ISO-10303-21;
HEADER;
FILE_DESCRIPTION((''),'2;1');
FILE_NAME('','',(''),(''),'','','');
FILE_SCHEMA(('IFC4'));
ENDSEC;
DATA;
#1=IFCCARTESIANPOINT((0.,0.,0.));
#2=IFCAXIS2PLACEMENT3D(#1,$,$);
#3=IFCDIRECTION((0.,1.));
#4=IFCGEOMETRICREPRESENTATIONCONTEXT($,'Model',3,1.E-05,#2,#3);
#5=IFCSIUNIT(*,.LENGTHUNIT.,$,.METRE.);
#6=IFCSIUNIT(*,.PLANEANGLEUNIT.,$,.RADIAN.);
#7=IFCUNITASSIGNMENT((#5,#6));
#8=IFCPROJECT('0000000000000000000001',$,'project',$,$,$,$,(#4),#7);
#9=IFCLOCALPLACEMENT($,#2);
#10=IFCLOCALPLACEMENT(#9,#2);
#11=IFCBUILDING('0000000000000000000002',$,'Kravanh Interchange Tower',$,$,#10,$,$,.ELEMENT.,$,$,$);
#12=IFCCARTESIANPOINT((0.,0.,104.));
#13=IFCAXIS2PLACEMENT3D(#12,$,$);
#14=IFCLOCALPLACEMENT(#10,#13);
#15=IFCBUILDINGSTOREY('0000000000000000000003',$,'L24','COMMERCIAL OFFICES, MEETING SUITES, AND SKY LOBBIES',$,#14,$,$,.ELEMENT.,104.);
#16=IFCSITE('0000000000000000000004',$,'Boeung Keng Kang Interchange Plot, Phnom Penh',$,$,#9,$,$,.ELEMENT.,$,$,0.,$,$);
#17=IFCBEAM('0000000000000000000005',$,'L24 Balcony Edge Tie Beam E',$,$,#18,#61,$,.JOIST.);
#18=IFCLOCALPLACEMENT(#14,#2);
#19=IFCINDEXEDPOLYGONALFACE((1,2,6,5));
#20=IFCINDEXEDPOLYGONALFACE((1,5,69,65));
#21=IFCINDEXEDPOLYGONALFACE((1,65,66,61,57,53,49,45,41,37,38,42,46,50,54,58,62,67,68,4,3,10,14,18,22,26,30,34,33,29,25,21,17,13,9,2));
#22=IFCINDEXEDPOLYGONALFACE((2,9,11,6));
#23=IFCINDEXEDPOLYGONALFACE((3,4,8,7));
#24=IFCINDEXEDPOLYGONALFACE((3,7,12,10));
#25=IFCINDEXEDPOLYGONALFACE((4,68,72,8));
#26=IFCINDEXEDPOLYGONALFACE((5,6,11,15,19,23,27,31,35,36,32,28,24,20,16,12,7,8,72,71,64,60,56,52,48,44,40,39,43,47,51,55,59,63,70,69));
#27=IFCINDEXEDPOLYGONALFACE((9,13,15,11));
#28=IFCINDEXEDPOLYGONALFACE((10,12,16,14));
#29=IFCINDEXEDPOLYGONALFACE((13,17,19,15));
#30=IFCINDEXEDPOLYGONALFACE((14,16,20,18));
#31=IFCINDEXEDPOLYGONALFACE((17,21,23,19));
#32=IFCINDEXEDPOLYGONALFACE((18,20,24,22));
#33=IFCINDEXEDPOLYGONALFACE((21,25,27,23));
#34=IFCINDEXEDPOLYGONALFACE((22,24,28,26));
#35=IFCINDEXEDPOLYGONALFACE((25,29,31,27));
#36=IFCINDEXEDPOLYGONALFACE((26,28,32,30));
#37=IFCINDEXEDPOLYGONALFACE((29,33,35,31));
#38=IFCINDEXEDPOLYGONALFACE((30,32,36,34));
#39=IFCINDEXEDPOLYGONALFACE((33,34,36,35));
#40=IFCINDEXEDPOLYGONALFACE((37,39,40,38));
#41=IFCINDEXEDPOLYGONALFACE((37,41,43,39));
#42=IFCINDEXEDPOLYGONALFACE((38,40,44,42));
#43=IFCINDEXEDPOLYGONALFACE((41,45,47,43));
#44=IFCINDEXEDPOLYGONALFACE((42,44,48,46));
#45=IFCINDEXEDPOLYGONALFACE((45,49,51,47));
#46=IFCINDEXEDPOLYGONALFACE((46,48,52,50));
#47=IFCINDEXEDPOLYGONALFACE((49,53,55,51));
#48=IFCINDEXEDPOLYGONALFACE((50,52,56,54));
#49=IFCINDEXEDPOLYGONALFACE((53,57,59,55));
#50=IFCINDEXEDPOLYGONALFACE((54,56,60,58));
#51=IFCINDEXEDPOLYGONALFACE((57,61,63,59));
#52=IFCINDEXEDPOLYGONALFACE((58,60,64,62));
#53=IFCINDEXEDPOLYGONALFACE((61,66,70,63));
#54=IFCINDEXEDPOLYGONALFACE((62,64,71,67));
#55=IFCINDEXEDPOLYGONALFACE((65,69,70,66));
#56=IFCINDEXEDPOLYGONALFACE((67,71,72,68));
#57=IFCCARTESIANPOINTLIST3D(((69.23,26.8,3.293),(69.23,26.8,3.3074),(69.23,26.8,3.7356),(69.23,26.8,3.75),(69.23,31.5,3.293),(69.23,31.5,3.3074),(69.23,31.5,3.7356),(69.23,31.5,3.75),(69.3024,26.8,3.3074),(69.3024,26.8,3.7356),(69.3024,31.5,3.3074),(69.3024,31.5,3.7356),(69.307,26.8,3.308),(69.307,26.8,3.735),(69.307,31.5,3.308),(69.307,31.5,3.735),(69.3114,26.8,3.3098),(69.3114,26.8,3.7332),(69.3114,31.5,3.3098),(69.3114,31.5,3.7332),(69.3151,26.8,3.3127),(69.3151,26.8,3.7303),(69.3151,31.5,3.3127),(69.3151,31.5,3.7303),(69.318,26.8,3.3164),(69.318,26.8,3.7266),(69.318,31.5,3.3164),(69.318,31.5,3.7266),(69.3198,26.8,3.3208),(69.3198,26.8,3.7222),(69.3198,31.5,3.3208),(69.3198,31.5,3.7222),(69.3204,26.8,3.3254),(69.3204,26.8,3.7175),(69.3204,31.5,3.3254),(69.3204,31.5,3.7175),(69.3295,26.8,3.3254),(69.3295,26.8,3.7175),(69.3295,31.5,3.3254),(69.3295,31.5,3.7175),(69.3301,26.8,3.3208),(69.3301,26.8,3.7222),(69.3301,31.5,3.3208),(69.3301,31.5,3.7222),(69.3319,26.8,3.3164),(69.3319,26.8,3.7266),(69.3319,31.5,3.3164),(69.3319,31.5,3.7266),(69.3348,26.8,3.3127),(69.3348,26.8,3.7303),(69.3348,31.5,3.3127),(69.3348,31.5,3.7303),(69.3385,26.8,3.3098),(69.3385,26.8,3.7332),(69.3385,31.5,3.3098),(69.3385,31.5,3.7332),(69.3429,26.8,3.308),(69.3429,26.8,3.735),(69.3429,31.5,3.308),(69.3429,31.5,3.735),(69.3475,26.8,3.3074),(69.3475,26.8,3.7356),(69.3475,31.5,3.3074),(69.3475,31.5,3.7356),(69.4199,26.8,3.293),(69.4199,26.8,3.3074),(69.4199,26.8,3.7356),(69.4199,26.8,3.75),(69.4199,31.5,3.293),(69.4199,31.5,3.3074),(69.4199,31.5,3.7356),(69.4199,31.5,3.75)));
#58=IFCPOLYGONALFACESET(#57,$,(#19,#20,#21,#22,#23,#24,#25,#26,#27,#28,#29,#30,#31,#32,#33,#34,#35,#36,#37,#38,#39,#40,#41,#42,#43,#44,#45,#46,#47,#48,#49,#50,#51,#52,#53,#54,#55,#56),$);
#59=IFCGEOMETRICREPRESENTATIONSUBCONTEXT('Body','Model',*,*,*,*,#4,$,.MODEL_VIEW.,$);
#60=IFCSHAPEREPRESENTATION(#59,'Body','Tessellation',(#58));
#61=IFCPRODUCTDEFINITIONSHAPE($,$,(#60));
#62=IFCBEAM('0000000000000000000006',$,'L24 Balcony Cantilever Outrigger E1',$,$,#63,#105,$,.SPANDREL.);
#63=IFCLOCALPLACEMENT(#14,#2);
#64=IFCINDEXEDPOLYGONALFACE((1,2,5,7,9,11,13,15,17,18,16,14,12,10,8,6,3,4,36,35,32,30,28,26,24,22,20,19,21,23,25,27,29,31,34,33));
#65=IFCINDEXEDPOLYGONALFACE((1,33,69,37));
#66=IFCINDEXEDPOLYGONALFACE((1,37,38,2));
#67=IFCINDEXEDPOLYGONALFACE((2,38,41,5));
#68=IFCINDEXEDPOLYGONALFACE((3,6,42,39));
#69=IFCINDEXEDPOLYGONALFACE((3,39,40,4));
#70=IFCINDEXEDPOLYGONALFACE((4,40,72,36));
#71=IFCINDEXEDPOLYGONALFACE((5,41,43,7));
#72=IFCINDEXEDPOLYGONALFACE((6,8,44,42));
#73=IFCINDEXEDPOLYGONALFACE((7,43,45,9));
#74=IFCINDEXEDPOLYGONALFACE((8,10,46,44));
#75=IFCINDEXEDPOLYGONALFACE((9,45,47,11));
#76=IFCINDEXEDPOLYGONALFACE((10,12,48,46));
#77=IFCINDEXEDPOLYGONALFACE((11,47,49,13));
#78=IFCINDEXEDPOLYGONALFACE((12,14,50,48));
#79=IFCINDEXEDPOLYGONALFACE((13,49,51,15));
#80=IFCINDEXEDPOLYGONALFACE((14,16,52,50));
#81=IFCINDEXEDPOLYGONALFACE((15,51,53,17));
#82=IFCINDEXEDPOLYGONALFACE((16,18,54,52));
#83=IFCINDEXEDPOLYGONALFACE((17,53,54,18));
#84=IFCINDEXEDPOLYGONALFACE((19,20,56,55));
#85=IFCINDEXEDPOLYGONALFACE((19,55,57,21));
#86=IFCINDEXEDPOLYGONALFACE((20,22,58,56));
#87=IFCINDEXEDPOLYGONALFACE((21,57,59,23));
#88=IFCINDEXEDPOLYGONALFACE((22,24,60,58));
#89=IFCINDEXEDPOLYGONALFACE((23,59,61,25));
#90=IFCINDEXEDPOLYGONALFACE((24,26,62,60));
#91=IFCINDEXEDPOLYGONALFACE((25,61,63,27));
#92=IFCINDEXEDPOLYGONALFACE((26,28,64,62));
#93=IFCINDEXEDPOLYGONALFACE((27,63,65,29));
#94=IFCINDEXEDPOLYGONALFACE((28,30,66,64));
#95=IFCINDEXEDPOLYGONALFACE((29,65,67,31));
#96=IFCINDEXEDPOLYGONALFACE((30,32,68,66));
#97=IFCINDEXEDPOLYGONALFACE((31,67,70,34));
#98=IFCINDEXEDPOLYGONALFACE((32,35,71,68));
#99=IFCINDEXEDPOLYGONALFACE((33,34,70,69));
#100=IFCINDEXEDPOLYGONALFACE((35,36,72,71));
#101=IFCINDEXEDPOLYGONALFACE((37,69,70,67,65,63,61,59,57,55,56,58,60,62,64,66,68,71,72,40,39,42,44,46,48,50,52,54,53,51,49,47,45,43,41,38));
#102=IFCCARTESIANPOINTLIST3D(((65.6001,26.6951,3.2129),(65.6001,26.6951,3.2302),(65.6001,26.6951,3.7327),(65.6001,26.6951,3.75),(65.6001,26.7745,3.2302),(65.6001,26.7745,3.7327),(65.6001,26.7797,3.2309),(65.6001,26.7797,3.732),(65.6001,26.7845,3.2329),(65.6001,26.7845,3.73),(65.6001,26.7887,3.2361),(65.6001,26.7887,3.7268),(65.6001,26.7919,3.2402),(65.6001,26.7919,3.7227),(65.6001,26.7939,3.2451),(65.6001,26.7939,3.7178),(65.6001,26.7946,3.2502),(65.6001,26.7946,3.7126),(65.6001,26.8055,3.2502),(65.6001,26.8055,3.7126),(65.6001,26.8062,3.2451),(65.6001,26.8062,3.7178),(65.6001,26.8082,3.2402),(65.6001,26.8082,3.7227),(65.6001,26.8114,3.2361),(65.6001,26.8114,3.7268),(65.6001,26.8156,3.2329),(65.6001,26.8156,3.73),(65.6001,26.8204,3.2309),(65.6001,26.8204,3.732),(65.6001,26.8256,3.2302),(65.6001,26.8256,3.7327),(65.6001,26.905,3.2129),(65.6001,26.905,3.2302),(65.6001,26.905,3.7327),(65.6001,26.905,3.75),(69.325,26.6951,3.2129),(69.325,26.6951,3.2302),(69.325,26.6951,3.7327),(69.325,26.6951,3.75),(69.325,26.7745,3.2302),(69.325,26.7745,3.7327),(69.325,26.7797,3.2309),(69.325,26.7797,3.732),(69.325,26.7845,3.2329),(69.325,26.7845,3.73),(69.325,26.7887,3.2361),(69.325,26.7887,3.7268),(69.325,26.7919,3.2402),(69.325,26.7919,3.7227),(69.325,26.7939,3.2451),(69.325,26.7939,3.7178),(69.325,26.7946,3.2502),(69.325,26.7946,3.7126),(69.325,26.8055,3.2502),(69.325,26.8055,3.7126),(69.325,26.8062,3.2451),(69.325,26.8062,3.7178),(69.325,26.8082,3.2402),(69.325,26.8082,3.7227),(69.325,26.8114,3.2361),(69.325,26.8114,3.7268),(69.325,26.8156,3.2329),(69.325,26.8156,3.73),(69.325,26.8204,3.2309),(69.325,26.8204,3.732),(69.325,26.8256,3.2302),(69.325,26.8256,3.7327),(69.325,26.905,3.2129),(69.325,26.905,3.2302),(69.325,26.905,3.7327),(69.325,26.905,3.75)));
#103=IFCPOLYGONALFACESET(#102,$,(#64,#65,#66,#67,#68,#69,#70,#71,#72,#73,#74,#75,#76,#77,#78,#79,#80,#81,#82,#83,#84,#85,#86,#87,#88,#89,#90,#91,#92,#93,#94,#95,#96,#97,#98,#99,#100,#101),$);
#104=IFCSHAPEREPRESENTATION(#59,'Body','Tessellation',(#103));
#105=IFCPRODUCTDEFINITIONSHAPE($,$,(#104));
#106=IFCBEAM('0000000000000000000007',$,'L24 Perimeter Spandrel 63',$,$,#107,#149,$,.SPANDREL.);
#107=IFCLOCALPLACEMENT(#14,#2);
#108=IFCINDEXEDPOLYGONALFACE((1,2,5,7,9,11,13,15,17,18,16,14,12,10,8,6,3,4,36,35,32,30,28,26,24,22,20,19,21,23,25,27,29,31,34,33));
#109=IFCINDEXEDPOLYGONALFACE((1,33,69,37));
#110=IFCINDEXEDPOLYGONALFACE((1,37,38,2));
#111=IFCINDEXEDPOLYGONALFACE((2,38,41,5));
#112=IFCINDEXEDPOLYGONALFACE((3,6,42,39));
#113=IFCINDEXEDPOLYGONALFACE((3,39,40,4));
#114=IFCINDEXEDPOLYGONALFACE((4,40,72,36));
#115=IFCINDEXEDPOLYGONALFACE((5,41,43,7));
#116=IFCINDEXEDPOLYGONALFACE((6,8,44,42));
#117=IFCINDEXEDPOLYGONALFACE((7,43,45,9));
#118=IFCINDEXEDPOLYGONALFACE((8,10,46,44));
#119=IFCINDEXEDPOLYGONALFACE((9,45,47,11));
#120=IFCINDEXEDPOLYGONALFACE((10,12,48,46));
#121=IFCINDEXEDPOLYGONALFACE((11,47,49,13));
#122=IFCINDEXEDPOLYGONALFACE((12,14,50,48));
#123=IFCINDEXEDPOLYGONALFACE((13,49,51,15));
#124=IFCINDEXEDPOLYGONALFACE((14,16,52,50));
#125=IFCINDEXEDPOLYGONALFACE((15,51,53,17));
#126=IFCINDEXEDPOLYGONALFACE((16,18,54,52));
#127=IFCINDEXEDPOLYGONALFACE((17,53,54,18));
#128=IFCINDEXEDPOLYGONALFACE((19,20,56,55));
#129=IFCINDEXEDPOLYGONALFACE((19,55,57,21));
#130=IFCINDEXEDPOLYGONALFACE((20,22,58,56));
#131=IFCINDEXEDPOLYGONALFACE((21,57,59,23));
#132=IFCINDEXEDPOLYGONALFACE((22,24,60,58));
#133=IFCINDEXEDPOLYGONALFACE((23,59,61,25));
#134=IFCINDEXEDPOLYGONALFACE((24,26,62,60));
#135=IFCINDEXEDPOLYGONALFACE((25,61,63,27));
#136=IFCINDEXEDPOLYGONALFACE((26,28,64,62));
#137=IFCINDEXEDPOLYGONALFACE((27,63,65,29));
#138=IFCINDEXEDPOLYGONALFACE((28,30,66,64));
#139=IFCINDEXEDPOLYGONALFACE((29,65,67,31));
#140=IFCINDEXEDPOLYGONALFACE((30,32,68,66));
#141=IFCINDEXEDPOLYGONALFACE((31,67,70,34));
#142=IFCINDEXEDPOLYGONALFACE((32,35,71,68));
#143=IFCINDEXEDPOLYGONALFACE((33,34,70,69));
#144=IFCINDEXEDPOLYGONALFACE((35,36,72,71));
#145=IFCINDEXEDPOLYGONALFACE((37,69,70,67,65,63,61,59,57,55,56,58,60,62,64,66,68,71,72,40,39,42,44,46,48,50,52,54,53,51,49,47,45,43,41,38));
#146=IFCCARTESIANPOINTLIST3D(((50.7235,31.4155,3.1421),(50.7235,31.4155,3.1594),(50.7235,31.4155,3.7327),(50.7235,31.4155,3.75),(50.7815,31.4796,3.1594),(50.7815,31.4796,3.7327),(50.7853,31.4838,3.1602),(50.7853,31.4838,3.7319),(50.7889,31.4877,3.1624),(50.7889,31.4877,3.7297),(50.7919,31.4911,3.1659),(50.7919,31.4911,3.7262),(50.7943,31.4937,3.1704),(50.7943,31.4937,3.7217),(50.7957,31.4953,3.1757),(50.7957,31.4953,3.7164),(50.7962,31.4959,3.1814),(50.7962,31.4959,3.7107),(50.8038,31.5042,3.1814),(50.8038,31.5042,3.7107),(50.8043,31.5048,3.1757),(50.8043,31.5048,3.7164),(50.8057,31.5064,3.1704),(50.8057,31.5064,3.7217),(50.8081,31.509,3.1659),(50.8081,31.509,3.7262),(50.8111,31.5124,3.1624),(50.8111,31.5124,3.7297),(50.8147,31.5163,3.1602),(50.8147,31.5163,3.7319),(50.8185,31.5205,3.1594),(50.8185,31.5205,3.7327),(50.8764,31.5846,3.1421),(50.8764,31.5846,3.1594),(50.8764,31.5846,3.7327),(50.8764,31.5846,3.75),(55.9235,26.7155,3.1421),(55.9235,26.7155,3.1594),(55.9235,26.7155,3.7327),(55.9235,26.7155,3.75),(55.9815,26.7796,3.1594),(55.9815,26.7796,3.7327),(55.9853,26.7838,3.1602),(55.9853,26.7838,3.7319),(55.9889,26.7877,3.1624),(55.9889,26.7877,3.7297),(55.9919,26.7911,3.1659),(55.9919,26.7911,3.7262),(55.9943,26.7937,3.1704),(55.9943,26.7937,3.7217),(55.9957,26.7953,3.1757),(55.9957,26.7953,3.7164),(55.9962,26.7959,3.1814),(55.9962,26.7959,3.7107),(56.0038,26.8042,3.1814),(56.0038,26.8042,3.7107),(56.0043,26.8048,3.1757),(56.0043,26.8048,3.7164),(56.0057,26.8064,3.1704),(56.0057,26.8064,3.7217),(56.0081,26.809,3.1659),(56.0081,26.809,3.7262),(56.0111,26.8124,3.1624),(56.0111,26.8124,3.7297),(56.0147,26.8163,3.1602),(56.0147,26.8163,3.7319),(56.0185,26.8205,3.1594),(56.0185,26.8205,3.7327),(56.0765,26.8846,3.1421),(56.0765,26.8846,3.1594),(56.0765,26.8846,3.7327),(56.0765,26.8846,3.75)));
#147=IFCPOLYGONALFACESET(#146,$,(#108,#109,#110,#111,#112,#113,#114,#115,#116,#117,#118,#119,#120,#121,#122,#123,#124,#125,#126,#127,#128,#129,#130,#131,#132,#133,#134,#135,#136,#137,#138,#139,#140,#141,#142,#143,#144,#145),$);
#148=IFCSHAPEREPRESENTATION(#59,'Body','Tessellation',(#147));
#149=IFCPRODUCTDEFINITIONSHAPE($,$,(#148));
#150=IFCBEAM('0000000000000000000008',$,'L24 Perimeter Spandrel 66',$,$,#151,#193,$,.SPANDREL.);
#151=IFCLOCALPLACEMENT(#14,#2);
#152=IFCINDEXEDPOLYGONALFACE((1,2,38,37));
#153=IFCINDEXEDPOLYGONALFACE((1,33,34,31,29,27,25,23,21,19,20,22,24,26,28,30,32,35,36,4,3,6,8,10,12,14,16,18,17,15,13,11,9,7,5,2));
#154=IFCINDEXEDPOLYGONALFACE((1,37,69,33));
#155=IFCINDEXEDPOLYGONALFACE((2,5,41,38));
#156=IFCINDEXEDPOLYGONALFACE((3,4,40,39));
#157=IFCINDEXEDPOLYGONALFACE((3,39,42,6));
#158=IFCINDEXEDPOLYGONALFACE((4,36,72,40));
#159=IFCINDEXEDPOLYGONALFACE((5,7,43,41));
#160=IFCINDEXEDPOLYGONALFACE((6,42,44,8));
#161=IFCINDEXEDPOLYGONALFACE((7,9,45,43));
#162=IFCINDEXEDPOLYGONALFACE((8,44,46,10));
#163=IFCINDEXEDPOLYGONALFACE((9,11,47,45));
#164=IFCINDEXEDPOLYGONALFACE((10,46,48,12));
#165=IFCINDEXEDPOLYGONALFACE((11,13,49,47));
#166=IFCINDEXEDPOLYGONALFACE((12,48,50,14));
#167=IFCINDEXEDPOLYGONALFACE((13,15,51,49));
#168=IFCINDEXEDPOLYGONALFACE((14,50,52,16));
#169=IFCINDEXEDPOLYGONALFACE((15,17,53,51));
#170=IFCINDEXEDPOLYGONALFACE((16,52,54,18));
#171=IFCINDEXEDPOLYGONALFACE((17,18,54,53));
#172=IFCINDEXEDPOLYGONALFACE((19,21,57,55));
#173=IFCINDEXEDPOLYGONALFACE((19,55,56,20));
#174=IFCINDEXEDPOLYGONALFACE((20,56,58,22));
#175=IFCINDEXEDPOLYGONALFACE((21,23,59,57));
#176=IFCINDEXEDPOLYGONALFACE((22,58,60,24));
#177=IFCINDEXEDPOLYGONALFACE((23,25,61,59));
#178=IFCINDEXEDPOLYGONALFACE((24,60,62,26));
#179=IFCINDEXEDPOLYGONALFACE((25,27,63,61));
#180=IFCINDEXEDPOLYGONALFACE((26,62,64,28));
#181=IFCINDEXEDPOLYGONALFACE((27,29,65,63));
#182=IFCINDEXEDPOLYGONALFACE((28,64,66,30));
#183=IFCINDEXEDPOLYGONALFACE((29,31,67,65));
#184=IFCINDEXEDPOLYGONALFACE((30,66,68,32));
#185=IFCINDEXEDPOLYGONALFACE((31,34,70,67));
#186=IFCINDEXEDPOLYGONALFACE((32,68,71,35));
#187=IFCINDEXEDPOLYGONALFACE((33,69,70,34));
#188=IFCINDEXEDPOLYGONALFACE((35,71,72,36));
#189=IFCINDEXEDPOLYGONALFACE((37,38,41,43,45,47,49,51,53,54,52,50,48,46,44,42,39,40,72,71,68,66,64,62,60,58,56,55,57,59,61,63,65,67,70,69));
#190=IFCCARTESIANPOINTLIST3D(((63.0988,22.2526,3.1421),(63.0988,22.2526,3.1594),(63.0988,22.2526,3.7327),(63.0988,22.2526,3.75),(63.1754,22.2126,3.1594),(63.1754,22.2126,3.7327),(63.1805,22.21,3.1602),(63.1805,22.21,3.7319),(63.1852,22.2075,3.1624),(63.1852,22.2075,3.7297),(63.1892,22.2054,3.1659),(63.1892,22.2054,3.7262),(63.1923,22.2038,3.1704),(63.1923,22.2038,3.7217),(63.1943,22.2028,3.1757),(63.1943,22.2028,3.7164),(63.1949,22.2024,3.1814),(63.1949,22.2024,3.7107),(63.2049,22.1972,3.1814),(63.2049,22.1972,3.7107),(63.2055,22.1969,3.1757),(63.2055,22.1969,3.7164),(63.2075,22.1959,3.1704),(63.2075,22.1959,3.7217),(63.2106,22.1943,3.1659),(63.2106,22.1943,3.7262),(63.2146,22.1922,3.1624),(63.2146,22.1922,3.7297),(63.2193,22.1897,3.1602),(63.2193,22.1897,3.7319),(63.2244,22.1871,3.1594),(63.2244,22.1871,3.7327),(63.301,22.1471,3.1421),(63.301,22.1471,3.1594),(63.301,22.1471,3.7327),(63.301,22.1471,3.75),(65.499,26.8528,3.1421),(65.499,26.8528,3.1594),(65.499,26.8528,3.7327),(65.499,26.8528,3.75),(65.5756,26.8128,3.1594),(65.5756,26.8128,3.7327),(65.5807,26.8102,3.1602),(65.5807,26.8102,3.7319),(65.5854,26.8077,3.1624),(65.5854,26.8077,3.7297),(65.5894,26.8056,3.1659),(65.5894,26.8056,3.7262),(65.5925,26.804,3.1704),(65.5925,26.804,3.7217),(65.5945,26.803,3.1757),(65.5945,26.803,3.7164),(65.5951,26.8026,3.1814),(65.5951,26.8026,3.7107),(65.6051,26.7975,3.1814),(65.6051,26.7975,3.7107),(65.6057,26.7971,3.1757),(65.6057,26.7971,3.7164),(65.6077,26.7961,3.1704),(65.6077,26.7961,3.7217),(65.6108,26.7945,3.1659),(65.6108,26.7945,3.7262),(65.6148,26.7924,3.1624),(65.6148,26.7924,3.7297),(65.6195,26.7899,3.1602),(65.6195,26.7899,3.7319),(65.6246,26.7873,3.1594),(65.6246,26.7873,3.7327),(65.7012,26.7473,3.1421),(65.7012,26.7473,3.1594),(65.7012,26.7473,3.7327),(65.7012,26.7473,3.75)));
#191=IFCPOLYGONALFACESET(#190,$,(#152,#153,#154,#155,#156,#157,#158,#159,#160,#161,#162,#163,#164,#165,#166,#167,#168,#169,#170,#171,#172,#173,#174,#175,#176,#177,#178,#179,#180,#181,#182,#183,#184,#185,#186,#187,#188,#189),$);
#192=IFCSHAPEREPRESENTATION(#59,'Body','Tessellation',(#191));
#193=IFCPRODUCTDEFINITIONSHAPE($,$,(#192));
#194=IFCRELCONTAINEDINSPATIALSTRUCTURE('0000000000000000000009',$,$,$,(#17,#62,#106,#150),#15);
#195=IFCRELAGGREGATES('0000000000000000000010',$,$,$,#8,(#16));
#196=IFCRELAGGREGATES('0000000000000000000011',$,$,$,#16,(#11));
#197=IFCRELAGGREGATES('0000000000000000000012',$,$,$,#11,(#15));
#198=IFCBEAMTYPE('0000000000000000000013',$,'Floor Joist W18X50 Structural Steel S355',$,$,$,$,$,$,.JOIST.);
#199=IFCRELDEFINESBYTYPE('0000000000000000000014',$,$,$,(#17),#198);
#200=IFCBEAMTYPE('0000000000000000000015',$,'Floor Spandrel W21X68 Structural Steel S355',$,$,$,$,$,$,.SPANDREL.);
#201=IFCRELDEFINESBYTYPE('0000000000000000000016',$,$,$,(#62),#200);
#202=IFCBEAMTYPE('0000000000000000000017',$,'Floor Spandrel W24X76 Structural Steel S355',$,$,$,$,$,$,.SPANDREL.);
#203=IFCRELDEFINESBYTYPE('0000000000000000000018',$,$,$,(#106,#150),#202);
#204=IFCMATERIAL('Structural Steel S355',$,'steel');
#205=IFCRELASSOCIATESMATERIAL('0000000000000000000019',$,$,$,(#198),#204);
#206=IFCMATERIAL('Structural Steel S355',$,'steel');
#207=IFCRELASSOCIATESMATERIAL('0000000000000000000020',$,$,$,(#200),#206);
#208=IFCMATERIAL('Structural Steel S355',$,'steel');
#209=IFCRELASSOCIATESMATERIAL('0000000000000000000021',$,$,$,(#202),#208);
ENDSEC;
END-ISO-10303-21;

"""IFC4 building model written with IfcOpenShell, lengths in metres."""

from ifc_helpers import new_model, si_unit, direction, frame, origin, origin_2d, place, context, subcontext, project, spatial, i_section, extrude, material, material_profile, profile_set, type_object, element, save


model = new_model("IFC4")

# Units and contexts
model_context = context("Model", 3, precision=1e-05, world=origin(), true_north=direction((0.0, 1.0)))
body_context = subcontext(model_context, "Body", "Model", "MODEL_VIEW")
ifc_project = project(units=[si_unit("LENGTHUNIT", "METRE"), si_unit("PLANEANGLEUNIT", "RADIAN")], contexts=[model_context])

# Site, building, storey
site_placement = place(None, origin())
site = spatial("IfcSite", under=ifc_project, at=site_placement, Name="Boeung Keng Kang Interchange Plot, Phnom Penh", CompositionType="ELEMENT", RefElevation=0.0)
building_placement = place(site_placement, origin())
building = spatial("IfcBuilding", under=site, at=building_placement, Name="Kravanh Interchange Tower", CompositionType="ELEMENT")
storey_placement = place(building_placement, frame((0.0, 0.0, 104.0)))
storey = spatial("IfcBuildingStorey", under=building, at=storey_placement, Name="L24", Description="COMMERCIAL OFFICES, MEETING SUITES, AND SKY LOBBIES", CompositionType="ELEMENT", Elevation=104.0)

# Beams
ifc_material_1 = material(Name="Structural Steel S355", Category="steel")
ifc_material_profile_1 = material_profile(ifc_material_1, i_section(OverallWidth=0.1899, OverallDepth=0.457, WebThickness=0.009, FlangeThickness=0.0144, FilletRadius=0.0181, at=origin_2d()), Name="W18X50")
ifc_profile_set_1 = profile_set([ifc_material_profile_1], Name="Structural Steel S355")
beam_type_1 = type_object("IfcBeamType", Name="Floor Joist W18X50 Structural Steel S355", PredefinedType="JOIST", material=ifc_profile_set_1)
beam_1_placement = place(storey_placement, frame((69.325, 26.8, 3.5215), z_axis=(0.0, 1.0, 0.0), x_axis=(-1.0, 0.0, 0.0)))
element("IfcBeam", 1, at=beam_1_placement, inside=storey, type_object=beam_type_1, Name="L24 Balcony Edge Tie Beam E", PredefinedType="JOIST", context=body_context, shape_type="SweptSolid", body=[
    extrude(i_section(OverallWidth=0.1899, OverallDepth=0.457, WebThickness=0.009, FlangeThickness=0.0144, FilletRadius=0.0181, at=origin_2d()), origin(), (0.0, 0.0, 1.0), 4.7),
])
ifc_material_2 = material(Name="Structural Steel S355", Category="steel")
ifc_material_profile_2 = material_profile(ifc_material_2, i_section(OverallWidth=0.21, OverallDepth=0.5371, WebThickness=0.011, FlangeThickness=0.0173, FilletRadius=0.02, at=origin_2d()), Name="W21X68")
ifc_profile_set_2 = profile_set([ifc_material_profile_2], Name="Structural Steel S355")
beam_type_2 = type_object("IfcBeamType", Name="Floor Spandrel W21X68 Structural Steel S355", PredefinedType="SPANDREL", material=ifc_profile_set_2)
beam_2_placement = place(storey_placement, frame((65.6001, 26.8, 3.4814), z_axis=(1.0, 0.0, 0.0), x_axis=(0.0, 1.0, 0.0)))
element("IfcBeam", 2, at=beam_2_placement, inside=storey, type_object=beam_type_2, Name="L24 Balcony Cantilever Outrigger E1", PredefinedType="SPANDREL", context=body_context, shape_type="SweptSolid", body=[
    extrude(i_section(OverallWidth=0.21, OverallDepth=0.5371, WebThickness=0.011, FlangeThickness=0.0173, FilletRadius=0.02, at=origin_2d()), origin(), (0.0, 0.0, 1.0), 3.7249),
])
ifc_material_3 = material(Name="Structural Steel S355", Category="steel")
ifc_material_profile_3 = material_profile(ifc_material_3, i_section(OverallWidth=0.228, OverallDepth=0.6079, WebThickness=0.0112, FlangeThickness=0.0173, FilletRadius=0.022, at=origin_2d()), Name="W24X76")
ifc_profile_set_3 = profile_set([ifc_material_profile_3], Name="Structural Steel S355")
beam_type_3 = type_object("IfcBeamType", Name="Floor Spandrel W24X76 Structural Steel S355", PredefinedType="SPANDREL", material=ifc_profile_set_3)
beam_3_placement = place(storey_placement, frame((56.0, 26.8, 3.446), z_axis=(-0.741874, 0.670539, 0.0), x_axis=(-0.670539, -0.741874, 0.0)))
element("IfcBeam", 3, at=beam_3_placement, inside=storey, type_object=beam_type_3, Name="L24 Perimeter Spandrel 63", PredefinedType="SPANDREL", context=body_context, shape_type="SweptSolid", body=[
    extrude(i_section(OverallWidth=0.228, OverallDepth=0.6079, WebThickness=0.0112, FlangeThickness=0.0173, FilletRadius=0.022, at=origin_2d()), origin(), (0.0, 0.0, 1.0), 7.0093),
])
beam_4_placement = place(storey_placement, frame((65.6001, 26.8, 3.446), z_axis=(-0.46258, -0.886577, 0.0), x_axis=(0.886577, -0.46258, 0.0)))
element("IfcBeam", 4, at=beam_4_placement, inside=storey, type_object=beam_type_3, Name="L24 Perimeter Spandrel 66", PredefinedType="SPANDREL", context=body_context, shape_type="SweptSolid", body=[
    extrude(i_section(OverallWidth=0.228, OverallDepth=0.6079, WebThickness=0.0112, FlangeThickness=0.0173, FilletRadius=0.022, at=origin_2d()), origin(), (0.0, 0.0, 1.0), 5.1887),
])

save(model, "model.ifc")
